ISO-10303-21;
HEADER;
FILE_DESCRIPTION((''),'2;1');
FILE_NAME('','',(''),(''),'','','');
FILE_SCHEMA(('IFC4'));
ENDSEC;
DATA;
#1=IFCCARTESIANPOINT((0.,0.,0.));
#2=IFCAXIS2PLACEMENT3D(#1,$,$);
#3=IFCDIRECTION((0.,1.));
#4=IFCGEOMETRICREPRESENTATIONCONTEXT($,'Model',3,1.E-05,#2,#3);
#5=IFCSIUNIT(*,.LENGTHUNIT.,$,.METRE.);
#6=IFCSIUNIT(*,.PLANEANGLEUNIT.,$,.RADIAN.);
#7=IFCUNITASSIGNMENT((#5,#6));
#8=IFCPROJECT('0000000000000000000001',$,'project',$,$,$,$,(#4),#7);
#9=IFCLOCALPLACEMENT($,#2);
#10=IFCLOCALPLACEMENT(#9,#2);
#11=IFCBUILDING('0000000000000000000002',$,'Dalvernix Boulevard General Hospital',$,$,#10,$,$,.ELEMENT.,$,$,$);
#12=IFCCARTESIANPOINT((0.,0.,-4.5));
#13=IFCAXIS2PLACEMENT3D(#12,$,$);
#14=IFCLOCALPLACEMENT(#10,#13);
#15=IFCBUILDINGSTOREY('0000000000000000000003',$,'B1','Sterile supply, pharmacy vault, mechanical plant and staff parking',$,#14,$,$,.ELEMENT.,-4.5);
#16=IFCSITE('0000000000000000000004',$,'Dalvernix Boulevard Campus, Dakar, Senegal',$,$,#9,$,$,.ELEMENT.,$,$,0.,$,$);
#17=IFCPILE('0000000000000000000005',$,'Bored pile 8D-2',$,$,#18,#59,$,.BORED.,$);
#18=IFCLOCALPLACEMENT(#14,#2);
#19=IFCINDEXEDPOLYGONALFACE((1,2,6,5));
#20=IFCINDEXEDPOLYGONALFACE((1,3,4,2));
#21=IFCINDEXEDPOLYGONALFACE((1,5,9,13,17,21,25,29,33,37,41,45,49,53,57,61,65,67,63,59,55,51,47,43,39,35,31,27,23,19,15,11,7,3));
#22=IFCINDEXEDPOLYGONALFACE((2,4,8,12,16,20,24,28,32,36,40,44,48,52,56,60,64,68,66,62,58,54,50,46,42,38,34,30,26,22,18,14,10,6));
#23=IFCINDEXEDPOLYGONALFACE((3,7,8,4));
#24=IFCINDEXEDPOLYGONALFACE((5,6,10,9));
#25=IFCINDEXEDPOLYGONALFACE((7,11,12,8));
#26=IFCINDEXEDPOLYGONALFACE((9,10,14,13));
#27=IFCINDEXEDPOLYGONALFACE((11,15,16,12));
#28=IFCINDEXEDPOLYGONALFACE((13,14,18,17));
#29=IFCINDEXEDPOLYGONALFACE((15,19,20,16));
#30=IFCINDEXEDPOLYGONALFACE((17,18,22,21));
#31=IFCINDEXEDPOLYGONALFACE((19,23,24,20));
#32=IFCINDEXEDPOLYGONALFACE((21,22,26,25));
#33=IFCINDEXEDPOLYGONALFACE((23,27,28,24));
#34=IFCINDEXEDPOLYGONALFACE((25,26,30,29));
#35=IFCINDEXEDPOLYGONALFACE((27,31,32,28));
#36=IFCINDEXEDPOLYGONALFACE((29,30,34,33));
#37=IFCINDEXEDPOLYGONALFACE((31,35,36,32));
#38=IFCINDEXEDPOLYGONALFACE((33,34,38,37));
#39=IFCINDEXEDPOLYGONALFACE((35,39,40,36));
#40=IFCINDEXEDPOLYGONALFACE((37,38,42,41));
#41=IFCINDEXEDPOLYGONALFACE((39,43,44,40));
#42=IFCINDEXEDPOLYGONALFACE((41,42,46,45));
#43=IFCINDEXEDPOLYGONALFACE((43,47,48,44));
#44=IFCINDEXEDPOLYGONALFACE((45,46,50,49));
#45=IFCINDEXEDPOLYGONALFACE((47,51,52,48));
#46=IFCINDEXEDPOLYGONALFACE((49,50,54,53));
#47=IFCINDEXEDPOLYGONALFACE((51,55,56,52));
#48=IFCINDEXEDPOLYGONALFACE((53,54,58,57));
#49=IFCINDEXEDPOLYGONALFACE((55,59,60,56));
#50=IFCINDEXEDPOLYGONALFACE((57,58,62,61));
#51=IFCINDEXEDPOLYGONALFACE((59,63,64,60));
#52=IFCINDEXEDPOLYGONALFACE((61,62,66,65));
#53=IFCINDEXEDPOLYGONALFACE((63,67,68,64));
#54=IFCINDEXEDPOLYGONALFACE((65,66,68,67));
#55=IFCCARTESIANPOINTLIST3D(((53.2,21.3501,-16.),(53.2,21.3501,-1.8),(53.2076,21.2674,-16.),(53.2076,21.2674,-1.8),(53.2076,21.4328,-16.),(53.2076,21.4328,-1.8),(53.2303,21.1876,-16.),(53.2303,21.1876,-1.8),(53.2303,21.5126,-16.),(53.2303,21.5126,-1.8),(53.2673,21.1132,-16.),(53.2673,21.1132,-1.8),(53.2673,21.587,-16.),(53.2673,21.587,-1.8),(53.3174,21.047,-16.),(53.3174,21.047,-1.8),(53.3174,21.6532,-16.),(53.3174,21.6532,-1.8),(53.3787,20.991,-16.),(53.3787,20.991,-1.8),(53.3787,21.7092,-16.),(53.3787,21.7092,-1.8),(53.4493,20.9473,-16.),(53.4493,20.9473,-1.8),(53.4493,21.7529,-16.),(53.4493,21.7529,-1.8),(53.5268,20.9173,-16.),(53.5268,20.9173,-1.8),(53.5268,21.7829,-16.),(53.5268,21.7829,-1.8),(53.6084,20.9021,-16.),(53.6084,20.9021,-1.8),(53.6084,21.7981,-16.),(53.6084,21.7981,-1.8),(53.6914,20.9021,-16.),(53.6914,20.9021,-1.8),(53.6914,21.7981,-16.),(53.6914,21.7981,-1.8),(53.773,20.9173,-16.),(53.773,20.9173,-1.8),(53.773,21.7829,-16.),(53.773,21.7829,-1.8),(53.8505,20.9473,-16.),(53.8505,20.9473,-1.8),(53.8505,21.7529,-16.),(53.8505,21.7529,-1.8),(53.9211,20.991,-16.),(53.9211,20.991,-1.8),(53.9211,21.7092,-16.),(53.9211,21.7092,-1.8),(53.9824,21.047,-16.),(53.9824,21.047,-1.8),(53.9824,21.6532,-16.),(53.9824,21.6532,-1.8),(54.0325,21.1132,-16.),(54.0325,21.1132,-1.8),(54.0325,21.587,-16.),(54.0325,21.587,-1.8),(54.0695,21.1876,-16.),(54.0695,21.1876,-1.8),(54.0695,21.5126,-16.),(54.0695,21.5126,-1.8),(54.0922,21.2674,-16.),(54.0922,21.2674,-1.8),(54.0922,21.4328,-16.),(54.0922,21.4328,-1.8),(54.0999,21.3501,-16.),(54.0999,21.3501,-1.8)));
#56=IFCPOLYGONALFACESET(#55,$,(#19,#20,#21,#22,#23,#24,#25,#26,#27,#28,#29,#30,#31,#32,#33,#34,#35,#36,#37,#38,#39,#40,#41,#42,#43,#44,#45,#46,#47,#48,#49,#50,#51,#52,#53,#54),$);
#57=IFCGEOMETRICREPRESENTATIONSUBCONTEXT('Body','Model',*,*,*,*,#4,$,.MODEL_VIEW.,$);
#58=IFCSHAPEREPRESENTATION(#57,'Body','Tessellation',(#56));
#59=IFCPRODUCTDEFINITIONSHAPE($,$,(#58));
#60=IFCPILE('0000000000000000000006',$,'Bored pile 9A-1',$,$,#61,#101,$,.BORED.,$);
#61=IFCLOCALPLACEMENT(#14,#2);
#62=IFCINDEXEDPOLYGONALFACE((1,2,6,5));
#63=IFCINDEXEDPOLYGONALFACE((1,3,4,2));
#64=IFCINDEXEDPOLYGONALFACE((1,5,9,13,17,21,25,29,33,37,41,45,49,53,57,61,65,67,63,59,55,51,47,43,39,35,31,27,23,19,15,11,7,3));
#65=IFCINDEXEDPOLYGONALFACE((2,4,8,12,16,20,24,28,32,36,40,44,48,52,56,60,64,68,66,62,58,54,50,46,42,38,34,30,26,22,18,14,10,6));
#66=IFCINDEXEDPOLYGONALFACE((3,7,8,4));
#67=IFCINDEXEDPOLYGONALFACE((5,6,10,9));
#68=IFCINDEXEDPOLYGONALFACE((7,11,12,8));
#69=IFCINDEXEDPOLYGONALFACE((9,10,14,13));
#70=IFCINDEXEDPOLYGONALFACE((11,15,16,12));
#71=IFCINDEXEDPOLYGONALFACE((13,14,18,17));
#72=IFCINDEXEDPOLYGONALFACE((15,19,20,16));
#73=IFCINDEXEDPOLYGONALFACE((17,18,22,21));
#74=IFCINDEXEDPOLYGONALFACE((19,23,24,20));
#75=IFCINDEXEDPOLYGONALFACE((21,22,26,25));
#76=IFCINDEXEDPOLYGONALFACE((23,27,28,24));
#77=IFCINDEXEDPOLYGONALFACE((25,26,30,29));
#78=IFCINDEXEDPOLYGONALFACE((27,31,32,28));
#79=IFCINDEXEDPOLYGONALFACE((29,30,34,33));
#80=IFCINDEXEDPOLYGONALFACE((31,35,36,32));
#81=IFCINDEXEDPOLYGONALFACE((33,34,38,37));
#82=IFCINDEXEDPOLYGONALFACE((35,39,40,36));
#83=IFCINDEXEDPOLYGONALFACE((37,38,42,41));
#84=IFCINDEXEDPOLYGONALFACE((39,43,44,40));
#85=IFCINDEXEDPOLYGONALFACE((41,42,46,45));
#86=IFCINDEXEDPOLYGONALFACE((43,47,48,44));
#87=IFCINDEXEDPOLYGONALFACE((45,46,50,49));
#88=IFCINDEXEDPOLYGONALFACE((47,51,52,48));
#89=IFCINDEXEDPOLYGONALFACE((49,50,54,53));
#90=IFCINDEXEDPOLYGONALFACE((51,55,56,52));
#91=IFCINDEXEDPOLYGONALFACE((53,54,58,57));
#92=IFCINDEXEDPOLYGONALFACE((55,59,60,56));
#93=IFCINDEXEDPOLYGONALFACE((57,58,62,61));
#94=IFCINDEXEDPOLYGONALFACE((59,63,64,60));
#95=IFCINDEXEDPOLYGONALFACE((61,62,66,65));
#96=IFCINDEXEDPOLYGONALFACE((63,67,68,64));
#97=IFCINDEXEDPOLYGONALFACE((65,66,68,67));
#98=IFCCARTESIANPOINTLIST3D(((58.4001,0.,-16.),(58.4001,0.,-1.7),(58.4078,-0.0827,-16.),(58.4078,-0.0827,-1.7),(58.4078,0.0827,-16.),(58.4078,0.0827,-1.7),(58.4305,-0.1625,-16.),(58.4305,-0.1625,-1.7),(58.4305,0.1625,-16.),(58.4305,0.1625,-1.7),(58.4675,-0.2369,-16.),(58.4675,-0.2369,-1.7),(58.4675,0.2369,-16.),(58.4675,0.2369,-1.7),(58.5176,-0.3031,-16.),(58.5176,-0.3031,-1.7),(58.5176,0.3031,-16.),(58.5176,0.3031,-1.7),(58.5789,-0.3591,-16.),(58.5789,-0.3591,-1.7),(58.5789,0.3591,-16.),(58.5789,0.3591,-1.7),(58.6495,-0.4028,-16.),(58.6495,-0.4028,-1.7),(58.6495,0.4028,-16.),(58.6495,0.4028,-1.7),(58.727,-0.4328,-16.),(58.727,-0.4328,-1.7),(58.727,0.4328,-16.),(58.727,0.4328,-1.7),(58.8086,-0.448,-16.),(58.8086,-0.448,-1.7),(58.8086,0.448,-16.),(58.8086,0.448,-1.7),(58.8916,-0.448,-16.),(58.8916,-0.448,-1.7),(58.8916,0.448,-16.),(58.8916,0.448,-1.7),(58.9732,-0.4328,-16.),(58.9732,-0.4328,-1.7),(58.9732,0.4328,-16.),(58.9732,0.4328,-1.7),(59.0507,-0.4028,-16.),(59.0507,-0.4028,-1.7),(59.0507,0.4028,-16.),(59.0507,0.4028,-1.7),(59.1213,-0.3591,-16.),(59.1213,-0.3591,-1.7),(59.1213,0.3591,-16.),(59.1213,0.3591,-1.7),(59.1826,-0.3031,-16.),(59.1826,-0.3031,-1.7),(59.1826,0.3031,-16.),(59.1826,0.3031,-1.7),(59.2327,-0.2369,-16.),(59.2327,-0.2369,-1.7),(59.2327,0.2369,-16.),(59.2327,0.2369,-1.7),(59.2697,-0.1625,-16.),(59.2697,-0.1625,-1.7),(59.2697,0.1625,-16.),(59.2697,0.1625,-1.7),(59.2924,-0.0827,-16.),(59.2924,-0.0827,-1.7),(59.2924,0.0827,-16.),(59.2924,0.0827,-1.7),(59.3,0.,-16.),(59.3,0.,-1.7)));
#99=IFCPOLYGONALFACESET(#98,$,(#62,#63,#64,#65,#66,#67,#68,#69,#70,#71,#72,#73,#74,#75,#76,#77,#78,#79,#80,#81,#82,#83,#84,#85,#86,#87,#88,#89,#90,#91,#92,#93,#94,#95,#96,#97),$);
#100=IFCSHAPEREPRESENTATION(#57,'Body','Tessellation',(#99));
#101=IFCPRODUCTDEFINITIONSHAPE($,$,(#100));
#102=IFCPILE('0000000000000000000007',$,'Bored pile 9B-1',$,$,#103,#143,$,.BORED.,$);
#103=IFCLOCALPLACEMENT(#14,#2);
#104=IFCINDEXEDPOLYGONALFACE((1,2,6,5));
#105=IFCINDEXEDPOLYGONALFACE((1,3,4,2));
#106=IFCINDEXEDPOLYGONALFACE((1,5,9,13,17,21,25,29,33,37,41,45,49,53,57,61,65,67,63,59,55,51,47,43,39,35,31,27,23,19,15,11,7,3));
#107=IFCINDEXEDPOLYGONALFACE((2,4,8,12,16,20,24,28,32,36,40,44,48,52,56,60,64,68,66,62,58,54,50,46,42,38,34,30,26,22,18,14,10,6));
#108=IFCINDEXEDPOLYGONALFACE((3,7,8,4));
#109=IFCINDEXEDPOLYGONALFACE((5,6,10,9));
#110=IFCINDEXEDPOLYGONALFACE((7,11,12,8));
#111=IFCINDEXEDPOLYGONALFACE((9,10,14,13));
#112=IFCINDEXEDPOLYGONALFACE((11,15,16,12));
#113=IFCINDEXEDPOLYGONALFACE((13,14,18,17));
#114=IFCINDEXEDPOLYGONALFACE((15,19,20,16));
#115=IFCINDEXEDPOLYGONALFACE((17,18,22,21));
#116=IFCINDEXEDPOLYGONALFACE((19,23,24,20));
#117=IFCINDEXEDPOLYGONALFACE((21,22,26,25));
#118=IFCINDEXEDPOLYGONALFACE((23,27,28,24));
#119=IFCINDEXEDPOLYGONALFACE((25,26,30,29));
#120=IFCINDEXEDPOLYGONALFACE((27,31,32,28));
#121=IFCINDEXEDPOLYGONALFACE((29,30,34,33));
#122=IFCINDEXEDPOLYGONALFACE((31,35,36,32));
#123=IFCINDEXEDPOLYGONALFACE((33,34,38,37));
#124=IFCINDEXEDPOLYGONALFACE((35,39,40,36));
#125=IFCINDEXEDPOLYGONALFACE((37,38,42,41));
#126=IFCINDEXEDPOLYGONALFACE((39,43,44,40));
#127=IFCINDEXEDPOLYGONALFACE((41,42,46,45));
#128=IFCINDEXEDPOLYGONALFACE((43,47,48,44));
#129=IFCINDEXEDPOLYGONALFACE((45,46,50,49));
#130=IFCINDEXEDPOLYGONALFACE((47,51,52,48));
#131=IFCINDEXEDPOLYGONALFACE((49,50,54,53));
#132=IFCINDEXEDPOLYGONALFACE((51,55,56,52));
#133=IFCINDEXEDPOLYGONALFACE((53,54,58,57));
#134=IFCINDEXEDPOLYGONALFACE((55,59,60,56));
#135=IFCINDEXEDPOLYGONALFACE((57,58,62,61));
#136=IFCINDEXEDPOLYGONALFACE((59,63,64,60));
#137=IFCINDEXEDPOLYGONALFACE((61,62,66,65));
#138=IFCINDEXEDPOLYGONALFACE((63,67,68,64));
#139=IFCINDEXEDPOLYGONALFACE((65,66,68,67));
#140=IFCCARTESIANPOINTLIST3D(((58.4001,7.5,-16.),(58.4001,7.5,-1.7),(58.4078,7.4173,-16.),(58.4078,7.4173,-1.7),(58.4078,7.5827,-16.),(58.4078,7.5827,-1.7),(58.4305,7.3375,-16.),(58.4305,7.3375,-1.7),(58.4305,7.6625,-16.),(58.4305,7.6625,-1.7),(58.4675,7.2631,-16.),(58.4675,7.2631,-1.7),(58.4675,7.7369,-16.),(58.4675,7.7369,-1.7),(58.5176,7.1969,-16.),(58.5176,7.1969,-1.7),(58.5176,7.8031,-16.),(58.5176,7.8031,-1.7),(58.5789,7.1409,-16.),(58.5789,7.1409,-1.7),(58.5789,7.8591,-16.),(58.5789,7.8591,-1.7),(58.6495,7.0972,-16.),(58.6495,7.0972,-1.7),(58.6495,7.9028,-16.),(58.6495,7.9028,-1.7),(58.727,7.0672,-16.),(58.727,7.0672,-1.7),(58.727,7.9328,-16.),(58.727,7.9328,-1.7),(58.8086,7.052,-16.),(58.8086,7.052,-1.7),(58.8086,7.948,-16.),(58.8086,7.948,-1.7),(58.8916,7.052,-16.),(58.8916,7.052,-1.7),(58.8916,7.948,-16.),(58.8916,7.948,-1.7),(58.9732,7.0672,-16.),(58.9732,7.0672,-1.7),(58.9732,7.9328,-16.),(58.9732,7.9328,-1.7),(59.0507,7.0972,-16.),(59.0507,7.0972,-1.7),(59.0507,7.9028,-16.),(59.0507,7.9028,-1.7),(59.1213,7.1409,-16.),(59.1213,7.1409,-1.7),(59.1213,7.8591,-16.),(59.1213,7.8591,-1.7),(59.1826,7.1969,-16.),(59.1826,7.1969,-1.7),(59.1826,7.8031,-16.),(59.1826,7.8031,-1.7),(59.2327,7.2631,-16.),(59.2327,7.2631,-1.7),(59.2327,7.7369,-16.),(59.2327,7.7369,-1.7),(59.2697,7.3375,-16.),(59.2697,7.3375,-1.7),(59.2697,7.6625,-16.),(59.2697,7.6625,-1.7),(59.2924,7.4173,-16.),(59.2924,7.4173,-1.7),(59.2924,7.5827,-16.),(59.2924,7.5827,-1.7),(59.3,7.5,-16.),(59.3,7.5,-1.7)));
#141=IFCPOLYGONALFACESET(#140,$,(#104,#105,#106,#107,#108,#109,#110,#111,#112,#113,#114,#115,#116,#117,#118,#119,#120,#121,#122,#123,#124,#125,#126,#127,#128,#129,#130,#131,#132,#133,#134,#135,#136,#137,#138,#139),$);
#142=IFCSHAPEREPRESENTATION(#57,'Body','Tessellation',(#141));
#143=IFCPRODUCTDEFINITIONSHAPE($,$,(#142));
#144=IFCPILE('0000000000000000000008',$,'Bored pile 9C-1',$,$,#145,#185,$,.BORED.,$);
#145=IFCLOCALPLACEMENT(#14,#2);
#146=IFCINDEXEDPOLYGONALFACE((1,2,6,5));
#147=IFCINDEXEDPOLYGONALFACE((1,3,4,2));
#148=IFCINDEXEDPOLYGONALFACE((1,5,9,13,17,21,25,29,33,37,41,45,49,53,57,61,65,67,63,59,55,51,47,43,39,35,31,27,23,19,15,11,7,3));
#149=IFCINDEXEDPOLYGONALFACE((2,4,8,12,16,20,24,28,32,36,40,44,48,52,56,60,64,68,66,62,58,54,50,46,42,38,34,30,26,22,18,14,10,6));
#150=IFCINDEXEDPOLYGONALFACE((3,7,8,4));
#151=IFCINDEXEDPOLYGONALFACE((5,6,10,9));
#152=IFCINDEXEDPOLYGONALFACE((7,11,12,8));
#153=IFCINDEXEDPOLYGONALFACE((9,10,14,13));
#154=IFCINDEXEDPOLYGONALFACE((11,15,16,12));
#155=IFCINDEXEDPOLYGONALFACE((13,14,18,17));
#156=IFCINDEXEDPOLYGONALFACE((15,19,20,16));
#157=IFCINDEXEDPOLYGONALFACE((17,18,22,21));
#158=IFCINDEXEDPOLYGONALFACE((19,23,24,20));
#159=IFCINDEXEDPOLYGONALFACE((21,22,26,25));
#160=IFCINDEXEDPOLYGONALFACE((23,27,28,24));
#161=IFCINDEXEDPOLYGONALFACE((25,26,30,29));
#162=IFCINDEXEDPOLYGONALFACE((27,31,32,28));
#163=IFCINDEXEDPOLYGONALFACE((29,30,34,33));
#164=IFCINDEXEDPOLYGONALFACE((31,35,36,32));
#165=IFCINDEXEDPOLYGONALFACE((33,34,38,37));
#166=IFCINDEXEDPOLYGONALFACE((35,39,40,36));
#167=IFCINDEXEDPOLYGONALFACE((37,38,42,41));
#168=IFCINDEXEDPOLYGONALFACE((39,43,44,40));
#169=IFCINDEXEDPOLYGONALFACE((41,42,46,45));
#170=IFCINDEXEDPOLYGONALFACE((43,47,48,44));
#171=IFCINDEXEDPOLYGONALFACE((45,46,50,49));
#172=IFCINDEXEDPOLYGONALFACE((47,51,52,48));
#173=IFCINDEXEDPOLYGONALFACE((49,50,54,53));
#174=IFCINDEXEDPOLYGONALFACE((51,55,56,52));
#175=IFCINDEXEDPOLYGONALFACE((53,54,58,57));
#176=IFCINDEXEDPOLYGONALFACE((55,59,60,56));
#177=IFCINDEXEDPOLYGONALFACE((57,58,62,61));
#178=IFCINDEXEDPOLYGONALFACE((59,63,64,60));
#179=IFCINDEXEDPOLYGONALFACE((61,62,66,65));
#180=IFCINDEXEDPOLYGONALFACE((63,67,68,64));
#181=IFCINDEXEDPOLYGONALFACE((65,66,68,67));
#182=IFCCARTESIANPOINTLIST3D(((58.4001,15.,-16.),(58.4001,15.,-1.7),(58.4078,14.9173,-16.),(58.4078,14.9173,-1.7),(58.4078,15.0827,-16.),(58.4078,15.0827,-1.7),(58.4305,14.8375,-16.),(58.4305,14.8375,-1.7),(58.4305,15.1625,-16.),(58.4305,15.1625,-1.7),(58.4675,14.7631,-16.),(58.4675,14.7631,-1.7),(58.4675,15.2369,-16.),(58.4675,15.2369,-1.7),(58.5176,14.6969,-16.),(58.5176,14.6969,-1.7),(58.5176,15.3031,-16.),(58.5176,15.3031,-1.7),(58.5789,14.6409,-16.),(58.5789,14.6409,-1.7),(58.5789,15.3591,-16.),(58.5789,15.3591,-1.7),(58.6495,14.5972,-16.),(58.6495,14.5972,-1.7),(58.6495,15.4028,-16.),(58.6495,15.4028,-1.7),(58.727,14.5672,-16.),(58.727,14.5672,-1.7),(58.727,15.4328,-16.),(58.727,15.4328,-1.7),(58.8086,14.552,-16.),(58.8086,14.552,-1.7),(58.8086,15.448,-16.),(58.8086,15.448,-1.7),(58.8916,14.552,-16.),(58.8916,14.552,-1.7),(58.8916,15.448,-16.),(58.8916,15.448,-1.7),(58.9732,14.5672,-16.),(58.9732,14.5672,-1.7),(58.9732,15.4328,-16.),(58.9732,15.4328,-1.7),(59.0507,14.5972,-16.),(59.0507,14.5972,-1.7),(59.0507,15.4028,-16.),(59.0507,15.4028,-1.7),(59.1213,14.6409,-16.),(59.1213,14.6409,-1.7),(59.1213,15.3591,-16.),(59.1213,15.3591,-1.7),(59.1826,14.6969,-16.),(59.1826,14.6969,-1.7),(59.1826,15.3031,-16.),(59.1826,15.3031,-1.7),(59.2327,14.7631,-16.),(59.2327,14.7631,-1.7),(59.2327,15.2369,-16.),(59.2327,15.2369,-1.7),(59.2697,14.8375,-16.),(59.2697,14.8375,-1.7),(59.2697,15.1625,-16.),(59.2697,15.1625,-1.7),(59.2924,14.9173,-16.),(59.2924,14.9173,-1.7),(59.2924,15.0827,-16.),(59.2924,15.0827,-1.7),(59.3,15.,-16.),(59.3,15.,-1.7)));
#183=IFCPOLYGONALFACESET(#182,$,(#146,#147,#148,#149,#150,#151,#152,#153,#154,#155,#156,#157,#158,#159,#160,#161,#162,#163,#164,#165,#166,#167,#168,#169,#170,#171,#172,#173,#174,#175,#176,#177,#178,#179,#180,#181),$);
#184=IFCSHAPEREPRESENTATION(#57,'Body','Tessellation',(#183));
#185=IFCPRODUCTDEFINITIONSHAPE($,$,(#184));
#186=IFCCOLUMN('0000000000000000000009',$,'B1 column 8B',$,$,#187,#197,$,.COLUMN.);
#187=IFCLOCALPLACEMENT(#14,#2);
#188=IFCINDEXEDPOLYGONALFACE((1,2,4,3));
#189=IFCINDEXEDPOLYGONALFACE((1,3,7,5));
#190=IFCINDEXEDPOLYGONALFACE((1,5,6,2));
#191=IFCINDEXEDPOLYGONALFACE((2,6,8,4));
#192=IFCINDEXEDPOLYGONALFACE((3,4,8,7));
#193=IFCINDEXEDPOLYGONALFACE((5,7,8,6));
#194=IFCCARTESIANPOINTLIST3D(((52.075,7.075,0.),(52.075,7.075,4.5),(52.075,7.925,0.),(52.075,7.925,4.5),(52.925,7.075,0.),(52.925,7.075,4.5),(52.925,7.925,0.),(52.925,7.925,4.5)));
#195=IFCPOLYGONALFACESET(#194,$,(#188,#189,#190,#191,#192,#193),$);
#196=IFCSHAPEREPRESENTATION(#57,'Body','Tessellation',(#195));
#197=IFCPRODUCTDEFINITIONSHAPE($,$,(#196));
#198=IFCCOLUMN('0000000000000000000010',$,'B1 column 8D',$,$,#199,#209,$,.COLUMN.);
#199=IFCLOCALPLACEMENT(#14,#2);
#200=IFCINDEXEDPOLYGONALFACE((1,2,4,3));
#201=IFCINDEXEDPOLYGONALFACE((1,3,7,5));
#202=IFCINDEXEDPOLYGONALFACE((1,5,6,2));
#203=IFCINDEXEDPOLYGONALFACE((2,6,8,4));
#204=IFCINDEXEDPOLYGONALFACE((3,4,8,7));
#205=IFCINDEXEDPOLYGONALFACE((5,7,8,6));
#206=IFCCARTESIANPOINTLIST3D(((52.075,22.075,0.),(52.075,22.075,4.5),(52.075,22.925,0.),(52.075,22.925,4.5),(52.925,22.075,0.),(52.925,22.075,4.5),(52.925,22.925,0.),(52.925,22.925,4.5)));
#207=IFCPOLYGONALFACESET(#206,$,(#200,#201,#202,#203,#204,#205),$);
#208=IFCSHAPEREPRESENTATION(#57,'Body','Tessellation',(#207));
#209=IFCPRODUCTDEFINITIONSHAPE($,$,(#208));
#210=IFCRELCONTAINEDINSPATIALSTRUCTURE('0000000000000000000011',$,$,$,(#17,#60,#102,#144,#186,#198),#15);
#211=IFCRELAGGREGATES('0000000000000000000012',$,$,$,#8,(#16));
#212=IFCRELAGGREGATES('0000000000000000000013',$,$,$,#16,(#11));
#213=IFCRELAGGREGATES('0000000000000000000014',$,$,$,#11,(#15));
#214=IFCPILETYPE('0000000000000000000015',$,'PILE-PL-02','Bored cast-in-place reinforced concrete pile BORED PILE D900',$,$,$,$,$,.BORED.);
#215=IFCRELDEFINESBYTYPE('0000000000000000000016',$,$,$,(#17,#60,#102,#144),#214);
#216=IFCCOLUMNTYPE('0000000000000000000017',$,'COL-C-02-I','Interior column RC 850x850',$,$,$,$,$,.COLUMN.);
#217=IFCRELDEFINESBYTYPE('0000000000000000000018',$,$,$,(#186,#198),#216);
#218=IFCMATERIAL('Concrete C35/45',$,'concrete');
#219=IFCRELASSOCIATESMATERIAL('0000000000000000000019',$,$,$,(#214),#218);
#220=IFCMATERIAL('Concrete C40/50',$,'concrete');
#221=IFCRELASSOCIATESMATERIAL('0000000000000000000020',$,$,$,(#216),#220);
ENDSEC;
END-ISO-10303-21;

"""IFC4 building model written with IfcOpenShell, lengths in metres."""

from ifc_helpers import new_model, si_unit, direction, frame, origin, origin_2d, place, context, subcontext, project, spatial, rectangle, circle, extrude, material, material_profile, profile_set, type_object, element, save


model = new_model("IFC4")

# Units and contexts
model_context = context("Model", 3, precision=1e-05, world=origin(), true_north=direction((0.0, 1.0)))
body_context = subcontext(model_context, "Body", "Model", "MODEL_VIEW")
ifc_project = project(units=[si_unit("LENGTHUNIT", "METRE"), si_unit("PLANEANGLEUNIT", "RADIAN")], contexts=[model_context])

# Site, building, storey
site_placement = place(None, origin())
site = spatial("IfcSite", under=ifc_project, at=site_placement, Name="Dalvernix Boulevard Campus, Dakar, Senegal", CompositionType="ELEMENT", RefElevation=0.0)
building_placement = place(site_placement, origin())
building = spatial("IfcBuilding", under=site, at=building_placement, Name="Dalvernix Boulevard General Hospital", CompositionType="ELEMENT")
storey_placement = place(building_placement, frame((0.0, 0.0, -4.5)))
storey = spatial("IfcBuildingStorey", under=building, at=storey_placement, Name="B1", Description="Sterile supply, pharmacy vault, mechanical plant and staff parking", CompositionType="ELEMENT", Elevation=-4.5)

# Shared definitions
ifc_material_1 = material(Name="Concrete C35/45", Category="concrete")
ifc_material_2 = material(Name="Concrete C40/50", Category="concrete")

# Piles
ifc_material_profile_1 = material_profile(ifc_material_1, circle(Radius=0.45, at=origin_2d()), Name="BORED PILE D900")
ifc_profile_set_1 = profile_set([ifc_material_profile_1], Name="Concrete C35/45")
pile_type = type_object("IfcPileType", Name="PILE-PL-02", Description="Bored cast-in-place reinforced concrete pile BORED PILE D900", PredefinedType="BORED", material=ifc_profile_set_1)
for number, where, z_axis, x_axis, name in (
    (1, (53.6499, 21.3501, -1.8), (0.0, 0.0, -1.0), (1.0, 0.0, 0.0), "Bored pile 8D-2"),
):
    element("IfcPile", number, at=place(storey_placement, frame(where, z_axis=z_axis, x_axis=x_axis)), inside=storey, type_object=pile_type, Name=name, PredefinedType="BORED", context=body_context, shape_type="SweptSolid", body=[
        extrude(circle(Radius=0.45, at=origin_2d()), origin(), (0.0, 0.0, 1.0), 14.2),
    ])
for number, where, z_axis, x_axis, name in (
    (2, (58.8501, 0.0, -1.7), (0.0, 0.0, -1.0), (1.0, 0.0, 0.0), "Bored pile 9A-1"),
    (3, (58.8501, 7.5, -1.7), (0.0, 0.0, -1.0), (1.0, 0.0, 0.0), "Bored pile 9B-1"),
    (4, (58.8501, 15.0, -1.7), (0.0, 0.0, -1.0), (1.0, 0.0, 0.0), "Bored pile 9C-1"),
):
    element("IfcPile", number, at=place(storey_placement, frame(where, z_axis=z_axis, x_axis=x_axis)), inside=storey, type_object=pile_type, Name=name, PredefinedType="BORED", context=body_context, shape_type="SweptSolid", body=[
        extrude(circle(Radius=0.45, at=origin_2d()), origin(), (0.0, 0.0, 1.0), 14.3),
    ])

# Columns
ifc_material_profile_2 = material_profile(ifc_material_2, rectangle(XDim=0.8501, YDim=0.8501, at=origin_2d()), Name="RC 850x850")
ifc_profile_set_2 = profile_set([ifc_material_profile_2], Name="Concrete C40/50")
column_type_1 = type_object("IfcColumnType", Name="COL-C-02-I", Description="Interior column RC 850x850", PredefinedType="COLUMN", material=ifc_profile_set_2)
for number, where, z_axis, x_axis, name in (
    (5, (52.5, 7.5, 0.0), (0.0, 0.0, 1.0), (1.0, 0.0, 0.0), "B1 column 8B"),
    (6, (52.5, 22.5, 0.0), (0.0, 0.0, 1.0), (1.0, 0.0, 0.0), "B1 column 8D"),
):
    element("IfcColumn", number, at=place(storey_placement, frame(where, z_axis=z_axis, x_axis=x_axis)), inside=storey, type_object=column_type_1, Name=name, PredefinedType="COLUMN", context=body_context, shape_type="SweptSolid", body=[
        extrude(rectangle(XDim=0.8501, YDim=0.8501, at=origin_2d()), origin(), (0.0, 0.0, 1.0), 4.5),
    ])

save(model, "model.ifc")
